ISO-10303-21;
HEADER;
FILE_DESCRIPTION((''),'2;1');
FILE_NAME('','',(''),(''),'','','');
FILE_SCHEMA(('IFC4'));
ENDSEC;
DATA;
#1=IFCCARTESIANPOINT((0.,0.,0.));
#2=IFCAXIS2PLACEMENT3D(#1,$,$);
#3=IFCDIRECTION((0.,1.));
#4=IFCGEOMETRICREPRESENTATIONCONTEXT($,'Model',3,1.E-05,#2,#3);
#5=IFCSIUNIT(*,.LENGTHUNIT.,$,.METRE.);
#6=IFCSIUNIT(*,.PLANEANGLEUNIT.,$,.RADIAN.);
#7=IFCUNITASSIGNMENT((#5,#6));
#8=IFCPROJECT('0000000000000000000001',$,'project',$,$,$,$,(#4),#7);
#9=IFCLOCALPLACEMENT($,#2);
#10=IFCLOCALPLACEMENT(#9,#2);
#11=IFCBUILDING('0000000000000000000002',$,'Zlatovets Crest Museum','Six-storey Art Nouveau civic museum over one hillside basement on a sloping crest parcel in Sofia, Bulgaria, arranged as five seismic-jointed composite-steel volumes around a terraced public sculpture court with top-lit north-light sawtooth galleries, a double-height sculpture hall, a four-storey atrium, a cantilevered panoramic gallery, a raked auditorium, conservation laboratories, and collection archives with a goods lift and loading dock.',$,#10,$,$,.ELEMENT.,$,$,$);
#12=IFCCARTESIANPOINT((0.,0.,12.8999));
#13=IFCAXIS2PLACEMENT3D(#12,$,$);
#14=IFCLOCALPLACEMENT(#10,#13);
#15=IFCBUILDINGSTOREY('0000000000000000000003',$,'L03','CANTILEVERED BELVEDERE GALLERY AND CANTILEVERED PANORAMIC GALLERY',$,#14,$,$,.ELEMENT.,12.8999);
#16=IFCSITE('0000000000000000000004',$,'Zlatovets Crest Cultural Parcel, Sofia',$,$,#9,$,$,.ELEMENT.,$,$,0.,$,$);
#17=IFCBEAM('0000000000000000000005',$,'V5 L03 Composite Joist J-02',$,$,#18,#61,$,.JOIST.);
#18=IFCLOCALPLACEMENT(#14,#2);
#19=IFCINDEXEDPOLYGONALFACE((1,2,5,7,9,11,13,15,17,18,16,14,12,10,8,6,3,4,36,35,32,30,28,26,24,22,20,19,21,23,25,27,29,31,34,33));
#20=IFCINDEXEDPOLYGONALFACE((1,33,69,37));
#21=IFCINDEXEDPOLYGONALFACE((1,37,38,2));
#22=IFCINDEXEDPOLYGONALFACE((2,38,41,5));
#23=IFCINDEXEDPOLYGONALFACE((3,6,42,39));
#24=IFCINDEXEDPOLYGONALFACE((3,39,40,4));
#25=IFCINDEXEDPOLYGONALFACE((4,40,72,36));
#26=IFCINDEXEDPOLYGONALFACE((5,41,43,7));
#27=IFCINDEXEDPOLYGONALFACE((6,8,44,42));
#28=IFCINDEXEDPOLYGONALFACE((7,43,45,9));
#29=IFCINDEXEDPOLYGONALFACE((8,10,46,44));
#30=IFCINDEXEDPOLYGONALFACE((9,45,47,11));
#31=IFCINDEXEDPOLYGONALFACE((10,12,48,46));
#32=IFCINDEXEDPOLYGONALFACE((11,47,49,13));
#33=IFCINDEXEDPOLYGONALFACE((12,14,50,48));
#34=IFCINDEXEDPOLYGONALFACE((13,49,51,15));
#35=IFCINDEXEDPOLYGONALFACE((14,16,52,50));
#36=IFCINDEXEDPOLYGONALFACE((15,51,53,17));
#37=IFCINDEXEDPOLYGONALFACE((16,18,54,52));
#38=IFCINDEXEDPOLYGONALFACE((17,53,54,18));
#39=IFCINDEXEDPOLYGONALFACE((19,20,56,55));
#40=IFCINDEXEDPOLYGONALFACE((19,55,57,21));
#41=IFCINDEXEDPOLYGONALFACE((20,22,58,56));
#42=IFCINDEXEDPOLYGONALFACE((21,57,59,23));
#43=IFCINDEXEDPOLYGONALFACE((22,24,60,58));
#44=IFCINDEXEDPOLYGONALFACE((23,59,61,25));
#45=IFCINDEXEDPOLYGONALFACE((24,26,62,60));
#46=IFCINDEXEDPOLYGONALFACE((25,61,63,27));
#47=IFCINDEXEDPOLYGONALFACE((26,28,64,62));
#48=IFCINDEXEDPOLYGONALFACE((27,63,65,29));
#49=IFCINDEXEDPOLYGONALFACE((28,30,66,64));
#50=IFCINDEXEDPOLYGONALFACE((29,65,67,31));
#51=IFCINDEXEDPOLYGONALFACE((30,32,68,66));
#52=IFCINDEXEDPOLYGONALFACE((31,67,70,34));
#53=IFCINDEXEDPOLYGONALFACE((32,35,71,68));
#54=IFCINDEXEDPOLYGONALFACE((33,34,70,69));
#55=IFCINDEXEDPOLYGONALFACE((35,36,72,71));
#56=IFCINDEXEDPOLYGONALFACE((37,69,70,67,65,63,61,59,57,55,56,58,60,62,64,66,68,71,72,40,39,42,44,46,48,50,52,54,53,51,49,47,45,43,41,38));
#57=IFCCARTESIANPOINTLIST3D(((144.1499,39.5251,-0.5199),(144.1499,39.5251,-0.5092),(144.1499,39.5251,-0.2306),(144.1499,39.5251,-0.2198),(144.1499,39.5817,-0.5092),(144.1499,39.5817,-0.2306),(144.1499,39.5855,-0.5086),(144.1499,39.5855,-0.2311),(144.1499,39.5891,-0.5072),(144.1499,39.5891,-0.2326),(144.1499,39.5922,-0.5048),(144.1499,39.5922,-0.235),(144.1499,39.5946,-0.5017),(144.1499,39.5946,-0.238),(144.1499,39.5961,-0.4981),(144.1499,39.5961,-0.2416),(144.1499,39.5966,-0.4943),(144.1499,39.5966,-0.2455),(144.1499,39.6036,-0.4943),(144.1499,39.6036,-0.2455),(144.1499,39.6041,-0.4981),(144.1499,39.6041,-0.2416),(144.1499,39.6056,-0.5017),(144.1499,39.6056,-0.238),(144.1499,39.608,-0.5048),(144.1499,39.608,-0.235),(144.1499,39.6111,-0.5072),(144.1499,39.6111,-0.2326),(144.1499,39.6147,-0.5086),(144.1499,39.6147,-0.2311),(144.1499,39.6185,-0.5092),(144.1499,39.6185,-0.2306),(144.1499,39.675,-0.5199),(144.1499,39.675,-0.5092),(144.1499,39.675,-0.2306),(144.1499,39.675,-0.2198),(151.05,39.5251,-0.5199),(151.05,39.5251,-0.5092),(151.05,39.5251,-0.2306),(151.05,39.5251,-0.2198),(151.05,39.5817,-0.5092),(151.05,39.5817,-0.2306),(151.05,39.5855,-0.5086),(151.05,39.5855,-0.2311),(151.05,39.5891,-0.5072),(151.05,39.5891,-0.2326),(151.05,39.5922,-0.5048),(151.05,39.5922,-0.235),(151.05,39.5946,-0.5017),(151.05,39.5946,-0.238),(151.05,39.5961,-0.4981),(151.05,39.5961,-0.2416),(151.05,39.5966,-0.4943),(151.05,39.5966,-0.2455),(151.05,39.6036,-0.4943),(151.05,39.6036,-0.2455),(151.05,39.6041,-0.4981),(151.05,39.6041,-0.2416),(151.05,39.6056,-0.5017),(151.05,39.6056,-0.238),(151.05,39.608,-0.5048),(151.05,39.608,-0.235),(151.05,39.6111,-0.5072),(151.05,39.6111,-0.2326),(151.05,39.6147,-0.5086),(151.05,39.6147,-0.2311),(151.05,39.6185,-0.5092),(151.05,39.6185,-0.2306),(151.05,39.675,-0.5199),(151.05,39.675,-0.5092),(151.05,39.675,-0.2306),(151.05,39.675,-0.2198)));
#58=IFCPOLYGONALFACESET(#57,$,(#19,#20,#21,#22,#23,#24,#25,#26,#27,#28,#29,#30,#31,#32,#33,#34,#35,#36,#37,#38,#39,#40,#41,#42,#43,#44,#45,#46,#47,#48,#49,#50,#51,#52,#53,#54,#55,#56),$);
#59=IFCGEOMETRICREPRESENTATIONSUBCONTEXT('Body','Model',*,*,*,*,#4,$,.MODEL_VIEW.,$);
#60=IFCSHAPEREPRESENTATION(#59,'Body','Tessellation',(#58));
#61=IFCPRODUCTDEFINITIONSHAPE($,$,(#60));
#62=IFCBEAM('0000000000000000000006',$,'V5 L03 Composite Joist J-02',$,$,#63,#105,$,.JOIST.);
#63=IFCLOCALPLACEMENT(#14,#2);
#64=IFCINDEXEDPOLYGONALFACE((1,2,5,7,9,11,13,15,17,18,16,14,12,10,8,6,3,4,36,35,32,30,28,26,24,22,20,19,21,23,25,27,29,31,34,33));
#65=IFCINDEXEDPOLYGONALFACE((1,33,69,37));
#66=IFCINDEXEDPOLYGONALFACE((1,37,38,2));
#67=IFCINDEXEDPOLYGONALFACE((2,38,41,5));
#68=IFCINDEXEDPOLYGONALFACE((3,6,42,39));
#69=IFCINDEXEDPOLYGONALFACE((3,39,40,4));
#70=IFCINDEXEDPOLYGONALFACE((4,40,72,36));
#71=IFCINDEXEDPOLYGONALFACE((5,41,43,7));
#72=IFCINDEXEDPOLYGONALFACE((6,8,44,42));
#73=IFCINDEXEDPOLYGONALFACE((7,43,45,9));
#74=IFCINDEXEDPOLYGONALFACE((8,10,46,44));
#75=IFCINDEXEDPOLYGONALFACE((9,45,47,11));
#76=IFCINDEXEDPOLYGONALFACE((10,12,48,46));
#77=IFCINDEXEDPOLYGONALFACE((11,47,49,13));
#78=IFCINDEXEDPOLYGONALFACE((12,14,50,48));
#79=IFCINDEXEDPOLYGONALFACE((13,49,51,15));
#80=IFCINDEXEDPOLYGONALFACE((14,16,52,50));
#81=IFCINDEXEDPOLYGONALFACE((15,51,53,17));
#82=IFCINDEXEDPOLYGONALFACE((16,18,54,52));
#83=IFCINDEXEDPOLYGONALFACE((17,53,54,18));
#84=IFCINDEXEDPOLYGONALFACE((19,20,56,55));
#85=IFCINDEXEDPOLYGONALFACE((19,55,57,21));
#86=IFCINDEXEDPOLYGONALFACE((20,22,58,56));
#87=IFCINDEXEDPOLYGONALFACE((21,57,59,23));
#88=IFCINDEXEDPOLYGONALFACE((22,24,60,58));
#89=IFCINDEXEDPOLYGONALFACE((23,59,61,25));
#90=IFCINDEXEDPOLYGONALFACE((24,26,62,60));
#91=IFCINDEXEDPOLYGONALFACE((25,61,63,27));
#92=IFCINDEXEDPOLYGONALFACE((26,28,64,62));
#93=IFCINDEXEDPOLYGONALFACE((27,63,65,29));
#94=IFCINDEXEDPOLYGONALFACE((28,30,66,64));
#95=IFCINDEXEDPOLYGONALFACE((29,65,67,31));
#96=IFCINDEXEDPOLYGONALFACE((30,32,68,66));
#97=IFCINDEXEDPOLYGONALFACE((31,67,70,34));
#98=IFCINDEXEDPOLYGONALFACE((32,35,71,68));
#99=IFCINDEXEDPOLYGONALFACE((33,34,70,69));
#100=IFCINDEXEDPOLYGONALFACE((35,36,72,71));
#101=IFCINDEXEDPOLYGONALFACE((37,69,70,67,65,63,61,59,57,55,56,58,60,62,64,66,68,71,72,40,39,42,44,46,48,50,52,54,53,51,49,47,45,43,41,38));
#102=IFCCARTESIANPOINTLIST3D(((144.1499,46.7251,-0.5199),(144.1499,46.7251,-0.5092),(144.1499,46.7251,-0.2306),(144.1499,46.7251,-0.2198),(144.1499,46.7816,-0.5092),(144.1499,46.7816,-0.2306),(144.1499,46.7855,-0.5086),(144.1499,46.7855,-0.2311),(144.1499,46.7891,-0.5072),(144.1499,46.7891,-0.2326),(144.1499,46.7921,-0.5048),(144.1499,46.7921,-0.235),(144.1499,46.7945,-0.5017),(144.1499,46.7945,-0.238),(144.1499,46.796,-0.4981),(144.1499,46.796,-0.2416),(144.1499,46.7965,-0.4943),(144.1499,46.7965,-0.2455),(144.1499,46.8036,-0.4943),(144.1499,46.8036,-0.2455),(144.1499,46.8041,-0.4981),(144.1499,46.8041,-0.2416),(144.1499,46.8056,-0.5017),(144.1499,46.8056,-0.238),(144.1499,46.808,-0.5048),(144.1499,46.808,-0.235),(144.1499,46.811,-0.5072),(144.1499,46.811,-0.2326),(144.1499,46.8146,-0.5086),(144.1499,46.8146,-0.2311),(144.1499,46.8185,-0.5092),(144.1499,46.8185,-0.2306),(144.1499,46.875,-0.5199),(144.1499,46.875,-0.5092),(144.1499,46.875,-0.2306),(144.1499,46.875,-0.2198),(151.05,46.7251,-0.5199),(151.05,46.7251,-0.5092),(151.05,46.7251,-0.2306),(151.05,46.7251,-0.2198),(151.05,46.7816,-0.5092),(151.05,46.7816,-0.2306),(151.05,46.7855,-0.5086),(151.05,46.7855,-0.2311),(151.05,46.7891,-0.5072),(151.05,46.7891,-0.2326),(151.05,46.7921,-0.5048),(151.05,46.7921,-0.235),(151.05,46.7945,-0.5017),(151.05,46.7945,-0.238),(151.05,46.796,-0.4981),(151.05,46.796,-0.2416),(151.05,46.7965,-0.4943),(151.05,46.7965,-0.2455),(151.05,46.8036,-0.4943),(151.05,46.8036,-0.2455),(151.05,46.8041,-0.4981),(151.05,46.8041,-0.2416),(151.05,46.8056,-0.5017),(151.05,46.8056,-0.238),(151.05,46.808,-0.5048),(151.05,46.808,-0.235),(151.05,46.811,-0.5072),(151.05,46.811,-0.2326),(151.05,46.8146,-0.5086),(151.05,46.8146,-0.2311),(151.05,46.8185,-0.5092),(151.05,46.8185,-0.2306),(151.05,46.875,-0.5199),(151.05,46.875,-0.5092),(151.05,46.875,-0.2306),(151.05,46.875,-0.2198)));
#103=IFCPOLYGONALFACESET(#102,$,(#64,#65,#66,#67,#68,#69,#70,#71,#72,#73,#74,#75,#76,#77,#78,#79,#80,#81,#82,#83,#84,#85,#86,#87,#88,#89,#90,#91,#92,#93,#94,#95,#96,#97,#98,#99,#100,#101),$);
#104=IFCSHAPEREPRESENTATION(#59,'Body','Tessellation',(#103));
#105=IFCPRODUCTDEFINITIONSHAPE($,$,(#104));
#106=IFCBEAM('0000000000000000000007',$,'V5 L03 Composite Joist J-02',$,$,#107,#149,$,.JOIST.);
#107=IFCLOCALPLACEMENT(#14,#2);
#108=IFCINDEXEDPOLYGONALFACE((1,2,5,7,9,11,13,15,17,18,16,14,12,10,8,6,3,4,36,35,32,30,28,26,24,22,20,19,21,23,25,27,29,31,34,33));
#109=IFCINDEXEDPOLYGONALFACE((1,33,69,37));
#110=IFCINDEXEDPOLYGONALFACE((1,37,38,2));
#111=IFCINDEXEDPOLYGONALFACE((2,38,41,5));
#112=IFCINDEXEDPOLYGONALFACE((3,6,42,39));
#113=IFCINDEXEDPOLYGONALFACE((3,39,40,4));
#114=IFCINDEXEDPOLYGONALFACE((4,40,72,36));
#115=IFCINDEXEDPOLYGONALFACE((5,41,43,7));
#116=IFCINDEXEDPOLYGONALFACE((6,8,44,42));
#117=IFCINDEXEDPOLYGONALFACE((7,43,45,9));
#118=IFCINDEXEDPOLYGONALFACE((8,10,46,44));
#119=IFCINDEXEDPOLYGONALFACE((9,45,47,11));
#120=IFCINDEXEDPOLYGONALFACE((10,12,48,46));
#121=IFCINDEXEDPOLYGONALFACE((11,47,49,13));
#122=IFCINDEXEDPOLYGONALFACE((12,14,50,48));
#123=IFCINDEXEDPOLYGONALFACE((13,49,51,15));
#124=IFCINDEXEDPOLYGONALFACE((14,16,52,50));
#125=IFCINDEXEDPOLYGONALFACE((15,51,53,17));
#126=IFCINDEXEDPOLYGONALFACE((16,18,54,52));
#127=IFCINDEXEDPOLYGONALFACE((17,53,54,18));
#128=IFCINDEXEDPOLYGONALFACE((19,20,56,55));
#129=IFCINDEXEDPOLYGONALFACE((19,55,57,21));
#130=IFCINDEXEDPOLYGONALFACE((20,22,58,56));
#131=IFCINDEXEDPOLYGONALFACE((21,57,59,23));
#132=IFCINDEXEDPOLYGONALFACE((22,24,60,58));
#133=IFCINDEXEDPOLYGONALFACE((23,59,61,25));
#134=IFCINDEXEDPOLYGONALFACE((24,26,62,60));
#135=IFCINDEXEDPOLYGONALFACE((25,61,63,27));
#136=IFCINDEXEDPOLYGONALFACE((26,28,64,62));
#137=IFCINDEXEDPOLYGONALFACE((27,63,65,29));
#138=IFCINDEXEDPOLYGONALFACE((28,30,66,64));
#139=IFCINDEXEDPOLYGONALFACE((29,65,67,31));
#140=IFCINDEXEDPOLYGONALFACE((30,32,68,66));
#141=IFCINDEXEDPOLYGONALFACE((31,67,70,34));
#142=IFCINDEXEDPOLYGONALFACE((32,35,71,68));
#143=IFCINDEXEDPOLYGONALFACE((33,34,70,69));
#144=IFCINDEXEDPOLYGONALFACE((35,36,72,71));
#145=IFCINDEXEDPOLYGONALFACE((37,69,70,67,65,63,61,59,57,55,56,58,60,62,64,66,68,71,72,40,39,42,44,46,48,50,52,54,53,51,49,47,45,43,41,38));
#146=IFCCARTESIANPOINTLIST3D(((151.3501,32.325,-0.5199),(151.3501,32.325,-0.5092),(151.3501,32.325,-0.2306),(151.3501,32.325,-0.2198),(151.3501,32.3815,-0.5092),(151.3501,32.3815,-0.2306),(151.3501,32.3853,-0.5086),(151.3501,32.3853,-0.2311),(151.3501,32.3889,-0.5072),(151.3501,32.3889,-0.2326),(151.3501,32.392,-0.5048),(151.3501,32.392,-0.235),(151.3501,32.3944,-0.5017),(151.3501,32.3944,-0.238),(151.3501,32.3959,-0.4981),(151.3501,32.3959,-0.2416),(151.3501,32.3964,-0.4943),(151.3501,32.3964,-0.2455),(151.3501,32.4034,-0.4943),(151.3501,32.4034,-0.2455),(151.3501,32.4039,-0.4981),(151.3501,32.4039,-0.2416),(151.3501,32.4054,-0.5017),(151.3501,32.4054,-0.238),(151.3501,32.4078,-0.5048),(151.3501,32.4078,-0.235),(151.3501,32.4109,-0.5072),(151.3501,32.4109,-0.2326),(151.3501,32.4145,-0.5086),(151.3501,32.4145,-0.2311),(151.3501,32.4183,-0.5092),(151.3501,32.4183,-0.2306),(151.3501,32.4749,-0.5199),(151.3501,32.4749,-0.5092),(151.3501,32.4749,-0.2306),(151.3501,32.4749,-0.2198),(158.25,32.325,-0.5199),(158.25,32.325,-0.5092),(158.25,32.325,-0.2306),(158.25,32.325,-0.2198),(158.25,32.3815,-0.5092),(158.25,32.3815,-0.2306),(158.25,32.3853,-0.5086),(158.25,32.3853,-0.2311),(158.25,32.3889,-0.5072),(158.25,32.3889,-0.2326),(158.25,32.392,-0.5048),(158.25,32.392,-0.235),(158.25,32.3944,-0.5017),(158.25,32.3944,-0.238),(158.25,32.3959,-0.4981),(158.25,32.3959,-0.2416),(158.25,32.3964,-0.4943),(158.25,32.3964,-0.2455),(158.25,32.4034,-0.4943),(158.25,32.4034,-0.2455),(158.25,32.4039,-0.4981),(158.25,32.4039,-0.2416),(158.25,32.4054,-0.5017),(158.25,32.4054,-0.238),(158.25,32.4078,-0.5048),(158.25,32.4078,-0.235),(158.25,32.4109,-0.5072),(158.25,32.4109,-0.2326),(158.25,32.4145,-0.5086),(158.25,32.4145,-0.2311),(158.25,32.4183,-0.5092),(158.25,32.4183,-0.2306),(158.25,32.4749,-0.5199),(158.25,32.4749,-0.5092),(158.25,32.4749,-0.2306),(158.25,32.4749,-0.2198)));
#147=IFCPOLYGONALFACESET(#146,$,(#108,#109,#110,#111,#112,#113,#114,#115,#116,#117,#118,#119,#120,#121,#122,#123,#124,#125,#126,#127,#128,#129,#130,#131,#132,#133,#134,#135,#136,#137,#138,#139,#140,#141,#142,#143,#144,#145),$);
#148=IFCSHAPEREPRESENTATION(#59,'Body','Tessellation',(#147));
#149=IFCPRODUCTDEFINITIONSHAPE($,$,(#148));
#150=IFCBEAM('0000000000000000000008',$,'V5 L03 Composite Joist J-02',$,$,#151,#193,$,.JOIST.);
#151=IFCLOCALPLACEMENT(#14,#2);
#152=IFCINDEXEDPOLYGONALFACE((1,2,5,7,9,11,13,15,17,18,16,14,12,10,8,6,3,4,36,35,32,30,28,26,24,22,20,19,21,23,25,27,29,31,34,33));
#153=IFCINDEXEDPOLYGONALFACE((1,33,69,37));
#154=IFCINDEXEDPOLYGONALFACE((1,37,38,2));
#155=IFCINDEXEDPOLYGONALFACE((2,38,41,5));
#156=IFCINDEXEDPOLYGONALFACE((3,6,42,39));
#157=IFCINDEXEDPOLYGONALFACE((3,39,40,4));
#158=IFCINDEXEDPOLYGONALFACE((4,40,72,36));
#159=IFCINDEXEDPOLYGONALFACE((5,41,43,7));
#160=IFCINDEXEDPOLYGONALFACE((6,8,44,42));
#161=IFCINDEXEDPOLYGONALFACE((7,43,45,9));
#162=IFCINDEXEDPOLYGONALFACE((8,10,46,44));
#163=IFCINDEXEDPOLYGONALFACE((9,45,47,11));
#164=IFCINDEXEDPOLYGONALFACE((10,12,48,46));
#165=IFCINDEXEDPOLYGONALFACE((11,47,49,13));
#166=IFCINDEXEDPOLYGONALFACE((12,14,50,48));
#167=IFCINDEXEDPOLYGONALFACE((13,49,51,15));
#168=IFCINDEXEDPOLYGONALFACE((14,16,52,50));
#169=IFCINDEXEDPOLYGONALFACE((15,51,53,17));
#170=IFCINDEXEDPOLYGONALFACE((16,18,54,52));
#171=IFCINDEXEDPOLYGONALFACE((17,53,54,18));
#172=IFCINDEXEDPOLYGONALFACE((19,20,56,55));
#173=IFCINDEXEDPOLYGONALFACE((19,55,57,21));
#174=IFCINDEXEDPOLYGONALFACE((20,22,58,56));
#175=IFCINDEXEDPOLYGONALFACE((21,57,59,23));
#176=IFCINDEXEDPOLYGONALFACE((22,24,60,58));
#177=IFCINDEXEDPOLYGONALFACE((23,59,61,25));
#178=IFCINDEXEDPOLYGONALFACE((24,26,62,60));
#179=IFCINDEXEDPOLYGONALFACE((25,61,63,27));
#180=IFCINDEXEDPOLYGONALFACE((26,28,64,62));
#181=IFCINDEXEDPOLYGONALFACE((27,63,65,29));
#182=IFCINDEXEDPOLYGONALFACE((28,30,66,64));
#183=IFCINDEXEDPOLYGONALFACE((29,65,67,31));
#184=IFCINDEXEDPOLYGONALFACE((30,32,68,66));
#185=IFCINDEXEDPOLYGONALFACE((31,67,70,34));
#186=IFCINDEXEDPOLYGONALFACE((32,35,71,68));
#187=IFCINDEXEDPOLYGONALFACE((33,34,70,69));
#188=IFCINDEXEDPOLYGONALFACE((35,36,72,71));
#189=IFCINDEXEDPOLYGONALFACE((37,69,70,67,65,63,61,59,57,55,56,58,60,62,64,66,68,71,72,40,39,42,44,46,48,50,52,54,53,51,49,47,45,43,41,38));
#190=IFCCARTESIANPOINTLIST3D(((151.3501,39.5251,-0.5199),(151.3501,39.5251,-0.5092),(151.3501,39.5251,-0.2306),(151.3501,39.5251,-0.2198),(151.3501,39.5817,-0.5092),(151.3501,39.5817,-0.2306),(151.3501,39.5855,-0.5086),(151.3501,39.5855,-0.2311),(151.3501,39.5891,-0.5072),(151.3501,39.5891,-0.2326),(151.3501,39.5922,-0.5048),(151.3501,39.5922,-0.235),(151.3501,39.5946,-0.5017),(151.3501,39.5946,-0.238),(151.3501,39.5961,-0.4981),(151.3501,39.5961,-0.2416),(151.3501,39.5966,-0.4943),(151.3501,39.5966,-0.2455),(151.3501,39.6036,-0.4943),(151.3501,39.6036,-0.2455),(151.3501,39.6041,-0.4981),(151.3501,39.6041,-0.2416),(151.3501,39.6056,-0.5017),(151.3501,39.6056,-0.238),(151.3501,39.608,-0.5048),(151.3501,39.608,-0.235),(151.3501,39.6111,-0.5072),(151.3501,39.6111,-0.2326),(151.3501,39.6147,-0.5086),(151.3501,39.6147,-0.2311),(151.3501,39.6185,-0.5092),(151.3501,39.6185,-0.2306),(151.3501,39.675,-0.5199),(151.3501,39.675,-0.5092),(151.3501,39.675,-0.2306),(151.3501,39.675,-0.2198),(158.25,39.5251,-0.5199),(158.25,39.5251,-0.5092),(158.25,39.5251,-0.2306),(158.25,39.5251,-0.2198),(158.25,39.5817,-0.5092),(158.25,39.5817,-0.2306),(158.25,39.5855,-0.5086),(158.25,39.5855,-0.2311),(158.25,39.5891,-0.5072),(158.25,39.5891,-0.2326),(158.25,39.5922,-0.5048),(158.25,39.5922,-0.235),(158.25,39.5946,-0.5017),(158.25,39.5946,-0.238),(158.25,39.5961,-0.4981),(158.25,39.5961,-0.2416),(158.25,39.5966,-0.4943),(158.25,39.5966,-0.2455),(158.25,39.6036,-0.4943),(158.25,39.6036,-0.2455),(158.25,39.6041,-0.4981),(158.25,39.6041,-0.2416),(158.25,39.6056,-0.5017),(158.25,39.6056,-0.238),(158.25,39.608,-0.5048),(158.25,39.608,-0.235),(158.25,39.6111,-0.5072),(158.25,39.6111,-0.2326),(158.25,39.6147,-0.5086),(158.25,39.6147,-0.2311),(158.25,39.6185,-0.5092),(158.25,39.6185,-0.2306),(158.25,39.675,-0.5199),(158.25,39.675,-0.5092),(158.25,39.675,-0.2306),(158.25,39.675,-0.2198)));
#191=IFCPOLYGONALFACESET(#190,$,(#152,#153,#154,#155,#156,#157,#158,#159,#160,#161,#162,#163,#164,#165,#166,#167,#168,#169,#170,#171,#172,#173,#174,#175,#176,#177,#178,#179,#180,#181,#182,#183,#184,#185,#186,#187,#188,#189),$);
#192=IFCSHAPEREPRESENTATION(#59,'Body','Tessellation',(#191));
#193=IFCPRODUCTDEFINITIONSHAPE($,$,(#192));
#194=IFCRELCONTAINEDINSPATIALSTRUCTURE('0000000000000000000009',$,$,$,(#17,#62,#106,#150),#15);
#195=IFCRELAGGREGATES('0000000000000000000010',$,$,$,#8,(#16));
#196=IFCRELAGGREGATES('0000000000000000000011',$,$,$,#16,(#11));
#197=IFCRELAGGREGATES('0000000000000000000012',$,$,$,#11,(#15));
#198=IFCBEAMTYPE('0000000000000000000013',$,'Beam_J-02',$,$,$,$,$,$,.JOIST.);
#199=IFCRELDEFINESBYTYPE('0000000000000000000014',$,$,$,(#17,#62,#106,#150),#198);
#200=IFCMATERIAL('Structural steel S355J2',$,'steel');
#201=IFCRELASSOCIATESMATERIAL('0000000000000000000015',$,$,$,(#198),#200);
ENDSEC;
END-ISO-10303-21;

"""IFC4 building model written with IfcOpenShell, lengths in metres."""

from ifc_helpers import new_model, si_unit, direction, frame, origin, origin_2d, place, context, subcontext, project, spatial, i_section, extrude, material, material_profile, profile_set, type_object, element, save


model = new_model("IFC4")

# Units and contexts
model_context = context("Model", 3, precision=1e-05, world=origin(), true_north=direction((0.0, 1.0)))
body_context = subcontext(model_context, "Body", "Model", "MODEL_VIEW")
ifc_project = project(units=[si_unit("LENGTHUNIT", "METRE"), si_unit("PLANEANGLEUNIT", "RADIAN")], contexts=[model_context])

# Site, building, storey
site_placement = place(None, origin())
site = spatial("IfcSite", under=ifc_project, at=site_placement, Name="Zlatovets Crest Cultural Parcel, Sofia", CompositionType="ELEMENT", RefElevation=0.0)
building_placement = place(site_placement, origin())
building = spatial("IfcBuilding", under=site, at=building_placement, Name="Zlatovets Crest Museum", Description="Six-storey Art Nouveau civic museum over one hillside basement on a sloping crest parcel in Sofia, Bulgaria, arranged as five seismic-jointed composite-steel volumes around a terraced public sculpture court with top-lit north-light sawtooth galleries, a double-height sculpture hall, a four-storey atrium, a cantilevered panoramic gallery, a raked auditorium, conservation laboratories, and collection archives with a goods lift and loading dock.", CompositionType="ELEMENT")
storey_placement = place(building_placement, frame((0.0, 0.0, 12.8999)))
storey = spatial("IfcBuildingStorey", under=building, at=storey_placement, Name="L03", Description="CANTILEVERED BELVEDERE GALLERY AND CANTILEVERED PANORAMIC GALLERY", CompositionType="ELEMENT", Elevation=12.8999)

# Beams
ifc_material = material(Name="Structural steel S355J2", Category="steel")
ifc_material_profile_1 = material_profile(ifc_material, i_section(OverallWidth=0.1499, OverallDepth=0.3, WebThickness=0.0071, FlangeThickness=0.0107, FilletRadius=0.0149, at=origin_2d()), Name="IPE 300")
ifc_profile_set_1 = profile_set([ifc_material_profile_1], Name="Structural steel S355J2")
beam_type_1 = type_object("IfcBeamType", Name="Beam_J-02", PredefinedType="JOIST", material=ifc_profile_set_1)
for number, where, z_axis, x_axis, name in (
    (1, (144.1499, 39.6001, -0.3699), (1.0, 0.0, 0.0), (0.0, 1.0, 0.0), "V5 L03 Composite Joist J-02"),
    (2, (144.1499, 46.8, -0.3699), (1.0, 0.0, 0.0), (0.0, 1.0, 0.0), "V5 L03 Composite Joist J-02"),
):
    element("IfcBeam", number, at=place(storey_placement, frame(where, z_axis=z_axis, x_axis=x_axis)), inside=storey, type_object=beam_type_1, Name=name, PredefinedType="JOIST", context=body_context, shape_type="SweptSolid", body=[
        extrude(i_section(OverallWidth=0.1499, OverallDepth=0.3, WebThickness=0.0071, FlangeThickness=0.0107, FilletRadius=0.0149, at=origin_2d()), origin(), (0.0, 0.0, 1.0), 6.9001),
    ])
for number, where, z_axis, x_axis, name in (
    (3, (151.3501, 32.3999, -0.3699), (1.0, 0.0, 0.0), (0.0, 1.0, 0.0), "V5 L03 Composite Joist J-02"),
    (4, (151.3501, 39.6001, -0.3699), (1.0, 0.0, 0.0), (0.0, 1.0, 0.0), "V5 L03 Composite Joist J-02"),
):
    element("IfcBeam", number, at=place(storey_placement, frame(where, z_axis=z_axis, x_axis=x_axis)), inside=storey, type_object=beam_type_1, Name=name, PredefinedType="JOIST", context=body_context, shape_type="SweptSolid", body=[
        extrude(i_section(OverallWidth=0.1499, OverallDepth=0.3, WebThickness=0.0071, FlangeThickness=0.0107, FilletRadius=0.0149, at=origin_2d()), origin(), (0.0, 0.0, 1.0), 6.8999),
    ])

save(model, "model.ifc")
